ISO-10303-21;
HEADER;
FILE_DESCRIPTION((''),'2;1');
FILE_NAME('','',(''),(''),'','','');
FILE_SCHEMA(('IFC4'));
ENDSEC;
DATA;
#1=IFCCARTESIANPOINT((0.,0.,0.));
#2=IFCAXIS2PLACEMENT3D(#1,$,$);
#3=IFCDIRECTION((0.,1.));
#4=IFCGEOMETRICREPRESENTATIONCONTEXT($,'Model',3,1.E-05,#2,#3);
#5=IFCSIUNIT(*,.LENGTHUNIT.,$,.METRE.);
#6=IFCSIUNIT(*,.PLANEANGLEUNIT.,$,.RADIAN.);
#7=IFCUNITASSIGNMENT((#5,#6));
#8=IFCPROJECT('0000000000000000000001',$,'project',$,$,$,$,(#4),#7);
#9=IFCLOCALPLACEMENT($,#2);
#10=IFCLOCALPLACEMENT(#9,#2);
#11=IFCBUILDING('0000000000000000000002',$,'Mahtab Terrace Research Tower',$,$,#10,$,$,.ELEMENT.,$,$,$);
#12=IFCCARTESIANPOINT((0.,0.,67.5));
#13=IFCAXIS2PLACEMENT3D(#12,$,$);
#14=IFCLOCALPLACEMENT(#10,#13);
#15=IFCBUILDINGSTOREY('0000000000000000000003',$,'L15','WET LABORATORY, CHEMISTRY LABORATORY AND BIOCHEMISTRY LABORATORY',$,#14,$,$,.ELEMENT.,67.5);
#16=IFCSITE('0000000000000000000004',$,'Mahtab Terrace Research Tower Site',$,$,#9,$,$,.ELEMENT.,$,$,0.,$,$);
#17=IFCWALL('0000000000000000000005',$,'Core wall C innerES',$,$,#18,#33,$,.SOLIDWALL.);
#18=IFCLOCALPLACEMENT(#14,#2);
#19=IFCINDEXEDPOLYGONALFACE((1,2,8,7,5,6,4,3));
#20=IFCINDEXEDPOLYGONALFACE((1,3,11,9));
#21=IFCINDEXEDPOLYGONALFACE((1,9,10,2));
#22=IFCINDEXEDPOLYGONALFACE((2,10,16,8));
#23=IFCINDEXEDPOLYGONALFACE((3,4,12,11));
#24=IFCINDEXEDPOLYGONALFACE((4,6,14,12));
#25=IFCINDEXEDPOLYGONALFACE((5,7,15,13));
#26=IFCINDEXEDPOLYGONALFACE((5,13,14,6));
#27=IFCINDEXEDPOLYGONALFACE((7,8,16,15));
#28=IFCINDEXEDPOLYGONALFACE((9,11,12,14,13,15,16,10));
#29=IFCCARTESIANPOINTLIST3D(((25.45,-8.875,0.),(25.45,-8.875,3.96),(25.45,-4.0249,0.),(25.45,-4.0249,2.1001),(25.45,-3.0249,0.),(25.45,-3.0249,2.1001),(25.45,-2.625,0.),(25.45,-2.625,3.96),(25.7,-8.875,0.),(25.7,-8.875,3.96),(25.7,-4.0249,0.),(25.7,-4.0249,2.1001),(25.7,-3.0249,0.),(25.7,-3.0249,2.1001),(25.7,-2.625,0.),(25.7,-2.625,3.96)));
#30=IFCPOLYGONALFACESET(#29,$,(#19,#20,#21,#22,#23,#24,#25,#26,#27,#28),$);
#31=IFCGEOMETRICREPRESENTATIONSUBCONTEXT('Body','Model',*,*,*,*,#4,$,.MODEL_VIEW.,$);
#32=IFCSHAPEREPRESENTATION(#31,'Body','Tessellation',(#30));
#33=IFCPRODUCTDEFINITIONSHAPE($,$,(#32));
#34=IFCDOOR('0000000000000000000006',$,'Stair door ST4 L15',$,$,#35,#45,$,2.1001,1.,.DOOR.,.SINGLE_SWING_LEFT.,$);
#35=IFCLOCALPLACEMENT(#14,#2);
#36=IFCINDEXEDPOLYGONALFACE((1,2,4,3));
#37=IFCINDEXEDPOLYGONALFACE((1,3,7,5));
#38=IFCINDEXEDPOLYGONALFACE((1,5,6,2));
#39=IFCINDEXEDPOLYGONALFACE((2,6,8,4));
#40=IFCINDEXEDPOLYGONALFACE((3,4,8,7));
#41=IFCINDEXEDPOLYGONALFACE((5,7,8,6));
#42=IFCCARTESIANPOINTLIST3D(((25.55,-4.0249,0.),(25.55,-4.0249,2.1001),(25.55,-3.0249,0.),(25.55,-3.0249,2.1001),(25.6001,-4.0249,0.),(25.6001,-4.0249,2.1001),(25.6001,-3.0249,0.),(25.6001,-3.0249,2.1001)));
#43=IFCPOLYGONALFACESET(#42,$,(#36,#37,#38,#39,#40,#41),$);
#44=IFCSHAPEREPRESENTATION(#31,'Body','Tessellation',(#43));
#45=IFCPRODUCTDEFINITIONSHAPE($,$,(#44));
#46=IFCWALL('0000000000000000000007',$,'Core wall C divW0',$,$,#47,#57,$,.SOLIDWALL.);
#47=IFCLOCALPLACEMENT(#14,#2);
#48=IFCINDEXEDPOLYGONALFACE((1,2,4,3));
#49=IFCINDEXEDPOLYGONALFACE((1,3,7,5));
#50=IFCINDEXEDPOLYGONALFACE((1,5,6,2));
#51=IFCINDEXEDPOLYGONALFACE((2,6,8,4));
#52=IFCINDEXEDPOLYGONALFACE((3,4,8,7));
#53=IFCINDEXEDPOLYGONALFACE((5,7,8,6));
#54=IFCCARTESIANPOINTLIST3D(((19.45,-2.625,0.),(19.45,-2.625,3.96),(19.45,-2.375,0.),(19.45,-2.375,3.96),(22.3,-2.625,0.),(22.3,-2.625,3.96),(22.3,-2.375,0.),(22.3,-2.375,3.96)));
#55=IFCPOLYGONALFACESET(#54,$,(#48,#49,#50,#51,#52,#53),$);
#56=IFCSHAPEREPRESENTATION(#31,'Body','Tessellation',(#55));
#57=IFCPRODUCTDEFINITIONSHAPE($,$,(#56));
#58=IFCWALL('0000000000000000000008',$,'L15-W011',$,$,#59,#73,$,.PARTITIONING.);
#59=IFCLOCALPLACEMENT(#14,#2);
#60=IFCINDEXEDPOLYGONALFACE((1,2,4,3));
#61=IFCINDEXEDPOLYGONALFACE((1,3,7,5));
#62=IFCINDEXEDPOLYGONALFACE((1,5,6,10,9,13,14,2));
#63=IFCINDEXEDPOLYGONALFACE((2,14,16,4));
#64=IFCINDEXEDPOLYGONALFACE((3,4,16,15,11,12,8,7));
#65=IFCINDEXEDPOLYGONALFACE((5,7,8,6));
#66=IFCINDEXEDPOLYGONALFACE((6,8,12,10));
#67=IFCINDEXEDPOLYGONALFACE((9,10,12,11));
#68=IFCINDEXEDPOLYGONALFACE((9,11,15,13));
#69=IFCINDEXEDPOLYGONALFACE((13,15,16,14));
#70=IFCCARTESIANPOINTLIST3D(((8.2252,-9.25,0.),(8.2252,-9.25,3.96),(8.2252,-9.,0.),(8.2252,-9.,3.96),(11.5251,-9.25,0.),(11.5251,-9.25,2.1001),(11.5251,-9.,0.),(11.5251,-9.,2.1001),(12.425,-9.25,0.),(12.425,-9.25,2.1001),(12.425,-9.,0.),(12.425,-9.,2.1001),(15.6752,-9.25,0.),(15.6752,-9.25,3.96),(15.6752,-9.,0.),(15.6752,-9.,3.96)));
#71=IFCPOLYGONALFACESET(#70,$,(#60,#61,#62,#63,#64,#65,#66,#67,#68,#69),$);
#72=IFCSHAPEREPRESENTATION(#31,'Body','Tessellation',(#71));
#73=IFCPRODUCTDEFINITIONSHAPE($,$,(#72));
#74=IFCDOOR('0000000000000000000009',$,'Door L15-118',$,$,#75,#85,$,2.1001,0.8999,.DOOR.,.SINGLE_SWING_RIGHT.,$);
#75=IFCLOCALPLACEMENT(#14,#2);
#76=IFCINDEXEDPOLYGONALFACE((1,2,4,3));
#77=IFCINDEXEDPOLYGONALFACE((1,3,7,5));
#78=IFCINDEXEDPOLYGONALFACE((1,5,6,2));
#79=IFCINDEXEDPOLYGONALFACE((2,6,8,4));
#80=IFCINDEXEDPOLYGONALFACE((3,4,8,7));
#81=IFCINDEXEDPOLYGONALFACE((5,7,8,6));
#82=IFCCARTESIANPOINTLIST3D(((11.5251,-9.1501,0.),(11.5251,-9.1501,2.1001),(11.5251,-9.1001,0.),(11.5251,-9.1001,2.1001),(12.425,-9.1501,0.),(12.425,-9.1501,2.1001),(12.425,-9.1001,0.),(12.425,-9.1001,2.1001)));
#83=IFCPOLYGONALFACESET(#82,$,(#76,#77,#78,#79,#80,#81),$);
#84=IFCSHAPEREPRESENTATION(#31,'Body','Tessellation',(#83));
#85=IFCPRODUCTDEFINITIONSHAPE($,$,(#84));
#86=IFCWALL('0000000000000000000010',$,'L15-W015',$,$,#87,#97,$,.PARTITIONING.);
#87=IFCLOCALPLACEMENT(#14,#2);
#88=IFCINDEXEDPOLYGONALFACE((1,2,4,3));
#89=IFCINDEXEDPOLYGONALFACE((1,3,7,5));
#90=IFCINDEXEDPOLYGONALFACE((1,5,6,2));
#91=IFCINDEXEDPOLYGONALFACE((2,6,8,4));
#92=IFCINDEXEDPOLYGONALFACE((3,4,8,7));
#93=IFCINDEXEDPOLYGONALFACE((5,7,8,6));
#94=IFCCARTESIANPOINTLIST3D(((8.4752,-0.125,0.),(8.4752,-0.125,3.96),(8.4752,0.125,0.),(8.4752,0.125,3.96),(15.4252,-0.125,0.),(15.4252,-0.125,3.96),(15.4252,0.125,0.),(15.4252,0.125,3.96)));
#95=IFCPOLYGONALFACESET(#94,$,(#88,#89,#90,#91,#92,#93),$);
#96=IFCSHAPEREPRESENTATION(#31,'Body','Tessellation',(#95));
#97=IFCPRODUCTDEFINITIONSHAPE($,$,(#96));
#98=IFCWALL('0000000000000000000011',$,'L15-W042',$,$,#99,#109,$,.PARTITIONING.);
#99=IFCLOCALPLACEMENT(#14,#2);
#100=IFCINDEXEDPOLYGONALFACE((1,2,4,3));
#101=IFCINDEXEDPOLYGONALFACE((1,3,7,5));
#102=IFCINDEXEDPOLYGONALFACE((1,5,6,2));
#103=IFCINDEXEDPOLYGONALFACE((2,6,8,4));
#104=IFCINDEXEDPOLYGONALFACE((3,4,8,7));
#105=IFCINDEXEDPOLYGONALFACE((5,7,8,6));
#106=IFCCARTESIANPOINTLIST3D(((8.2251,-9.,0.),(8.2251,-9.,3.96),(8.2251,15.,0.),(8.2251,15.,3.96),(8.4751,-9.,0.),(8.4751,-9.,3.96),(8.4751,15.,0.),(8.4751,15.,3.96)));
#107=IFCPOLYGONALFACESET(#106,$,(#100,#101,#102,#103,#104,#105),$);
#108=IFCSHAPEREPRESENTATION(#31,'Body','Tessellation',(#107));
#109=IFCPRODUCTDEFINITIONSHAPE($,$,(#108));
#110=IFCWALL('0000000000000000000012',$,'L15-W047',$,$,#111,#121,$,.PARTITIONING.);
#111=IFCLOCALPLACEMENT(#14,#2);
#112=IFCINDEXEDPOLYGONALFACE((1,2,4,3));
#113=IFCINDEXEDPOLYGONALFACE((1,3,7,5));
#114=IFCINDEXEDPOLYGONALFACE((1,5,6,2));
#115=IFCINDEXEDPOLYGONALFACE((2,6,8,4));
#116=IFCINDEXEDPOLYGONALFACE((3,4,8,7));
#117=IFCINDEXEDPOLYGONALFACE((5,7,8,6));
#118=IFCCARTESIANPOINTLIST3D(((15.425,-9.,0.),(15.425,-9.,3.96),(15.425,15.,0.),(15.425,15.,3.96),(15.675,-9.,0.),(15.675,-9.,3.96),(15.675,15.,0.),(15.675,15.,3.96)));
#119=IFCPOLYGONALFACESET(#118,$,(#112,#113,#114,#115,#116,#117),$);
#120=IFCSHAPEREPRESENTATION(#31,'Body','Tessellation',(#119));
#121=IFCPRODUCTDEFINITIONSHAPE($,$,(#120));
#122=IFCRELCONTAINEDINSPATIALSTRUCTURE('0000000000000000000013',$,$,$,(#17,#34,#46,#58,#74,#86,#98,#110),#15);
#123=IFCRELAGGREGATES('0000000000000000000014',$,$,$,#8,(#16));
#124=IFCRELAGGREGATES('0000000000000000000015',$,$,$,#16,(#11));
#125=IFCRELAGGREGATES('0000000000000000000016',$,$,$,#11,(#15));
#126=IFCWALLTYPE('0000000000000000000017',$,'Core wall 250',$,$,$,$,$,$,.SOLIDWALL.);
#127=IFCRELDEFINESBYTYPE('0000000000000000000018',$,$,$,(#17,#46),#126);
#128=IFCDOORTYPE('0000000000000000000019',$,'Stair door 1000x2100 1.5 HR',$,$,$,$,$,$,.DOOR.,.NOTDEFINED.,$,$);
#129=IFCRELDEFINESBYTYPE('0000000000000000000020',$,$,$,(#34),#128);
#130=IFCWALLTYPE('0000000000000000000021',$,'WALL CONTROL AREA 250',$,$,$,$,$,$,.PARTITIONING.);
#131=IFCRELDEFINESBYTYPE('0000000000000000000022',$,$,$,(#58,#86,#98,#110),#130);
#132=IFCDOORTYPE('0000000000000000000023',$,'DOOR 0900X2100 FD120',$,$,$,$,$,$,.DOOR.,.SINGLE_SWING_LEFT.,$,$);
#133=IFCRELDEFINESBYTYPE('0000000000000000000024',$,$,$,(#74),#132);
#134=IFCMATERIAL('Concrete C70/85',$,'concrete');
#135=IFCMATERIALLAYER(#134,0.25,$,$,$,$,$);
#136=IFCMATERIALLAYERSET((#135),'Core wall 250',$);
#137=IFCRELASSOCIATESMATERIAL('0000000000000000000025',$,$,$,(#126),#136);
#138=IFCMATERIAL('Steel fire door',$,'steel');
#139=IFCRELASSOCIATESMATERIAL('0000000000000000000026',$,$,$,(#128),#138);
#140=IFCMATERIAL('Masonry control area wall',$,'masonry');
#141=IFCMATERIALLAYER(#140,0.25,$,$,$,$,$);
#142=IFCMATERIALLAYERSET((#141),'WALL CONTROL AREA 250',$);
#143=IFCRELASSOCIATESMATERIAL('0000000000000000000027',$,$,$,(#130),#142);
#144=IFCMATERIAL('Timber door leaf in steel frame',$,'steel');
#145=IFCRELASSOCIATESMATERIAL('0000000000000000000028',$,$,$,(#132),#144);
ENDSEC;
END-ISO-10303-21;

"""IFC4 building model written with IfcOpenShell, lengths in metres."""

from ifc_helpers import new_model, si_unit, direction, frame, frame_2d, origin, place, context, subcontext, project, spatial, rectangle, extrude, material, layer, layer_set, type_object, element, fill, save


model = new_model("IFC4")

# Units and contexts
model_context = context("Model", 3, precision=1e-05, world=origin(), true_north=direction((0.0, 1.0)))
body_context = subcontext(model_context, "Body", "Model", "MODEL_VIEW")
ifc_project = project(units=[si_unit("LENGTHUNIT", "METRE"), si_unit("PLANEANGLEUNIT", "RADIAN")], contexts=[model_context])

# Site, building, storey
site_placement = place(None, origin())
site = spatial("IfcSite", under=ifc_project, at=site_placement, Name="Mahtab Terrace Research Tower Site", CompositionType="ELEMENT", RefElevation=0.0)
building_placement = place(site_placement, origin())
building = spatial("IfcBuilding", under=site, at=building_placement, Name="Mahtab Terrace Research Tower", CompositionType="ELEMENT")
storey_placement = place(building_placement, frame((0.0, 0.0, 67.5)))
storey = spatial("IfcBuildingStorey", under=building, at=storey_placement, Name="L15", Description="WET LABORATORY, CHEMISTRY LABORATORY AND BIOCHEMISTRY LABORATORY", CompositionType="ELEMENT", Elevation=67.5)

# Shared definitions
ifc_material_1 = material(Name="Concrete C70/85", Category="concrete")

# Shared definitions
ifc_layer_1 = layer(ifc_material_1, 0.25)
ifc_layer_set_1 = layer_set([ifc_layer_1], Name="Core wall 250")
wall_type_1 = type_object("IfcWallType", Name="Core wall 250", PredefinedType="SOLIDWALL", material=ifc_layer_set_1)
ifc_material_2 = material(Name="Steel fire door", Category="steel")

# Wall, opening, door
wall_1_placement = place(storey_placement, frame((25.575, -8.875, 0.0), z_axis=(0.0, 0.0, 1.0), x_axis=(0.0, 1.0, 0.0)))
wall_1 = element("IfcWall", 1, at=wall_1_placement, inside=storey, type_object=wall_type_1, Name="Core wall C innerES", PredefinedType="SOLIDWALL", context=body_context, shape_type="SweptSolid", body=[
    extrude(rectangle(XDim=6.25, YDim=0.25, at=frame_2d((3.125, 0.0))), origin(), (0.0, 0.0, 1.0), 3.96),
])
opening_1_placement = place(wall_1_placement, frame((4.8501, 0.0, 0.0)))
opening_1 = element("IfcOpeningElement", 2, at=opening_1_placement, cuts=wall_1, PredefinedType="OPENING", context=body_context, shape_type="SweptSolid", body=[
    extrude(rectangle(XDim=1.0, YDim=2.1001, at=frame_2d((0.5, 1.05))), frame((0.0, 0.135, 0.0), z_axis=(0.0, -1.0, 0.0), x_axis=(1.0, 0.0, 0.0)), (0.0, 0.0, 1.0), 0.27),
])
door_type_1 = type_object("IfcDoorType", Name="Stair door 1000x2100 1.5 HR", OperationType="NOTDEFINED", PredefinedType="DOOR", material=ifc_material_2)
door_1_placement = place(opening_1_placement, origin())
door_1 = element("IfcDoor", 3, at=door_1_placement, inside=storey, type_object=door_type_1, Name="Stair door ST4 L15", OperationType="SINGLE_SWING_LEFT", OverallHeight=2.1001, OverallWidth=1.0, PredefinedType="DOOR", context=body_context, shape_type="SweptSolid", body=[
    extrude(rectangle(XDim=1.0, YDim=2.1001, at=frame_2d((0.5, 1.05))), frame((0.0, 0.0249, 0.0), z_axis=(0.0, -1.0, 0.0), x_axis=(1.0, 0.0, 0.0)), (0.0, 0.0, 1.0), 0.05),
])
fill(opening_1, door_1)

# Wall
wall_2_placement = place(storey_placement, frame((19.45, -2.5, 0.0), z_axis=(0.0, 0.0, 1.0), x_axis=(1.0, 0.0, 0.0)))
element("IfcWall", 4, at=wall_2_placement, inside=storey, type_object=wall_type_1, Name="Core wall C divW0", PredefinedType="SOLIDWALL", context=body_context, shape_type="SweptSolid", body=[
    extrude(rectangle(XDim=2.8501, YDim=0.25, at=frame_2d((1.425, 0.0))), origin(), (0.0, 0.0, 1.0), 3.96),
])

# Wall, opening, door
ifc_material_3 = material(Name="Masonry control area wall", Category="masonry")
ifc_layer_2 = layer(ifc_material_3, 0.25)
ifc_layer_set_2 = layer_set([ifc_layer_2], Name="WALL CONTROL AREA 250")
wall_type_2 = type_object("IfcWallType", Name="WALL CONTROL AREA 250", PredefinedType="PARTITIONING", material=ifc_layer_set_2)
wall_3_placement = place(storey_placement, frame((8.2251, -9.125, 0.0), z_axis=(0.0, 0.0, 1.0), x_axis=(1.0, 0.0, 0.0)))
wall_3 = element("IfcWall", 5, at=wall_3_placement, inside=storey, type_object=wall_type_2, Name="L15-W011", PredefinedType="PARTITIONING", context=body_context, shape_type="SweptSolid", body=[
    extrude(rectangle(XDim=7.45, YDim=0.25, at=frame_2d((3.7251, 0.0))), origin(), (0.0, 0.0, 1.0), 3.96),
])
opening_2_placement = place(wall_3_placement, frame((3.3, 0.0, 0.0)))
opening_2 = element("IfcOpeningElement", 6, at=opening_2_placement, cuts=wall_3, PredefinedType="OPENING", context=body_context, shape_type="SweptSolid", body=[
    extrude(rectangle(XDim=0.8999, YDim=2.1001, at=frame_2d((0.45, 1.05))), frame((0.0, 0.135, 0.0), z_axis=(0.0, -1.0, 0.0), x_axis=(1.0, 0.0, 0.0)), (0.0, 0.0, 1.0), 0.27),
])
ifc_material_4 = material(Name="Timber door leaf in steel frame", Category="steel")
door_type_2 = type_object("IfcDoorType", Name="DOOR 0900X2100 FD120", OperationType="SINGLE_SWING_LEFT", PredefinedType="DOOR", material=ifc_material_4)
door_2_placement = place(opening_2_placement, origin())
door_2 = element("IfcDoor", 7, at=door_2_placement, inside=storey, type_object=door_type_2, Name="Door L15-118", OperationType="SINGLE_SWING_RIGHT", OverallHeight=2.1001, OverallWidth=0.8999, PredefinedType="DOOR", context=body_context, shape_type="SweptSolid", body=[
    extrude(rectangle(XDim=0.8999, YDim=2.1001, at=frame_2d((0.45, 1.05))), frame((0.0, 0.0249, 0.0), z_axis=(0.0, -1.0, 0.0), x_axis=(1.0, 0.0, 0.0)), (0.0, 0.0, 1.0), 0.05),
])
fill(opening_2, door_2)

# Walls
wall_4_placement = place(storey_placement, frame((8.4751, 0.0, 0.0), z_axis=(0.0, 0.0, 1.0), x_axis=(1.0, 0.0, 0.0)))
element("IfcWall", 8, at=wall_4_placement, inside=storey, type_object=wall_type_2, Name="L15-W015", PredefinedType="PARTITIONING", context=body_context, shape_type="SweptSolid", body=[
    extrude(rectangle(XDim=6.95, YDim=0.25, at=frame_2d((3.4751, 0.0))), origin(), (0.0, 0.0, 1.0), 3.96),
])
for number, where, z_axis, x_axis, name in (
    (9, (8.3501, -9.0, 0.0), (0.0, 0.0, 1.0), (0.0, 1.0, 0.0), "L15-W042"),
    (10, (15.55, -9.0, 0.0), (0.0, 0.0, 1.0), (0.0, 1.0, 0.0), "L15-W047"),
):
    element("IfcWall", number, at=place(storey_placement, frame(where, z_axis=z_axis, x_axis=x_axis)), inside=storey, type_object=wall_type_2, Name=name, PredefinedType="PARTITIONING", context=body_context, shape_type="SweptSolid", body=[
        extrude(rectangle(XDim=24.0, YDim=0.25, at=frame_2d((12.0, 0.0))), origin(), (0.0, 0.0, 1.0), 3.96),
    ])

save(model, "model.ifc")
